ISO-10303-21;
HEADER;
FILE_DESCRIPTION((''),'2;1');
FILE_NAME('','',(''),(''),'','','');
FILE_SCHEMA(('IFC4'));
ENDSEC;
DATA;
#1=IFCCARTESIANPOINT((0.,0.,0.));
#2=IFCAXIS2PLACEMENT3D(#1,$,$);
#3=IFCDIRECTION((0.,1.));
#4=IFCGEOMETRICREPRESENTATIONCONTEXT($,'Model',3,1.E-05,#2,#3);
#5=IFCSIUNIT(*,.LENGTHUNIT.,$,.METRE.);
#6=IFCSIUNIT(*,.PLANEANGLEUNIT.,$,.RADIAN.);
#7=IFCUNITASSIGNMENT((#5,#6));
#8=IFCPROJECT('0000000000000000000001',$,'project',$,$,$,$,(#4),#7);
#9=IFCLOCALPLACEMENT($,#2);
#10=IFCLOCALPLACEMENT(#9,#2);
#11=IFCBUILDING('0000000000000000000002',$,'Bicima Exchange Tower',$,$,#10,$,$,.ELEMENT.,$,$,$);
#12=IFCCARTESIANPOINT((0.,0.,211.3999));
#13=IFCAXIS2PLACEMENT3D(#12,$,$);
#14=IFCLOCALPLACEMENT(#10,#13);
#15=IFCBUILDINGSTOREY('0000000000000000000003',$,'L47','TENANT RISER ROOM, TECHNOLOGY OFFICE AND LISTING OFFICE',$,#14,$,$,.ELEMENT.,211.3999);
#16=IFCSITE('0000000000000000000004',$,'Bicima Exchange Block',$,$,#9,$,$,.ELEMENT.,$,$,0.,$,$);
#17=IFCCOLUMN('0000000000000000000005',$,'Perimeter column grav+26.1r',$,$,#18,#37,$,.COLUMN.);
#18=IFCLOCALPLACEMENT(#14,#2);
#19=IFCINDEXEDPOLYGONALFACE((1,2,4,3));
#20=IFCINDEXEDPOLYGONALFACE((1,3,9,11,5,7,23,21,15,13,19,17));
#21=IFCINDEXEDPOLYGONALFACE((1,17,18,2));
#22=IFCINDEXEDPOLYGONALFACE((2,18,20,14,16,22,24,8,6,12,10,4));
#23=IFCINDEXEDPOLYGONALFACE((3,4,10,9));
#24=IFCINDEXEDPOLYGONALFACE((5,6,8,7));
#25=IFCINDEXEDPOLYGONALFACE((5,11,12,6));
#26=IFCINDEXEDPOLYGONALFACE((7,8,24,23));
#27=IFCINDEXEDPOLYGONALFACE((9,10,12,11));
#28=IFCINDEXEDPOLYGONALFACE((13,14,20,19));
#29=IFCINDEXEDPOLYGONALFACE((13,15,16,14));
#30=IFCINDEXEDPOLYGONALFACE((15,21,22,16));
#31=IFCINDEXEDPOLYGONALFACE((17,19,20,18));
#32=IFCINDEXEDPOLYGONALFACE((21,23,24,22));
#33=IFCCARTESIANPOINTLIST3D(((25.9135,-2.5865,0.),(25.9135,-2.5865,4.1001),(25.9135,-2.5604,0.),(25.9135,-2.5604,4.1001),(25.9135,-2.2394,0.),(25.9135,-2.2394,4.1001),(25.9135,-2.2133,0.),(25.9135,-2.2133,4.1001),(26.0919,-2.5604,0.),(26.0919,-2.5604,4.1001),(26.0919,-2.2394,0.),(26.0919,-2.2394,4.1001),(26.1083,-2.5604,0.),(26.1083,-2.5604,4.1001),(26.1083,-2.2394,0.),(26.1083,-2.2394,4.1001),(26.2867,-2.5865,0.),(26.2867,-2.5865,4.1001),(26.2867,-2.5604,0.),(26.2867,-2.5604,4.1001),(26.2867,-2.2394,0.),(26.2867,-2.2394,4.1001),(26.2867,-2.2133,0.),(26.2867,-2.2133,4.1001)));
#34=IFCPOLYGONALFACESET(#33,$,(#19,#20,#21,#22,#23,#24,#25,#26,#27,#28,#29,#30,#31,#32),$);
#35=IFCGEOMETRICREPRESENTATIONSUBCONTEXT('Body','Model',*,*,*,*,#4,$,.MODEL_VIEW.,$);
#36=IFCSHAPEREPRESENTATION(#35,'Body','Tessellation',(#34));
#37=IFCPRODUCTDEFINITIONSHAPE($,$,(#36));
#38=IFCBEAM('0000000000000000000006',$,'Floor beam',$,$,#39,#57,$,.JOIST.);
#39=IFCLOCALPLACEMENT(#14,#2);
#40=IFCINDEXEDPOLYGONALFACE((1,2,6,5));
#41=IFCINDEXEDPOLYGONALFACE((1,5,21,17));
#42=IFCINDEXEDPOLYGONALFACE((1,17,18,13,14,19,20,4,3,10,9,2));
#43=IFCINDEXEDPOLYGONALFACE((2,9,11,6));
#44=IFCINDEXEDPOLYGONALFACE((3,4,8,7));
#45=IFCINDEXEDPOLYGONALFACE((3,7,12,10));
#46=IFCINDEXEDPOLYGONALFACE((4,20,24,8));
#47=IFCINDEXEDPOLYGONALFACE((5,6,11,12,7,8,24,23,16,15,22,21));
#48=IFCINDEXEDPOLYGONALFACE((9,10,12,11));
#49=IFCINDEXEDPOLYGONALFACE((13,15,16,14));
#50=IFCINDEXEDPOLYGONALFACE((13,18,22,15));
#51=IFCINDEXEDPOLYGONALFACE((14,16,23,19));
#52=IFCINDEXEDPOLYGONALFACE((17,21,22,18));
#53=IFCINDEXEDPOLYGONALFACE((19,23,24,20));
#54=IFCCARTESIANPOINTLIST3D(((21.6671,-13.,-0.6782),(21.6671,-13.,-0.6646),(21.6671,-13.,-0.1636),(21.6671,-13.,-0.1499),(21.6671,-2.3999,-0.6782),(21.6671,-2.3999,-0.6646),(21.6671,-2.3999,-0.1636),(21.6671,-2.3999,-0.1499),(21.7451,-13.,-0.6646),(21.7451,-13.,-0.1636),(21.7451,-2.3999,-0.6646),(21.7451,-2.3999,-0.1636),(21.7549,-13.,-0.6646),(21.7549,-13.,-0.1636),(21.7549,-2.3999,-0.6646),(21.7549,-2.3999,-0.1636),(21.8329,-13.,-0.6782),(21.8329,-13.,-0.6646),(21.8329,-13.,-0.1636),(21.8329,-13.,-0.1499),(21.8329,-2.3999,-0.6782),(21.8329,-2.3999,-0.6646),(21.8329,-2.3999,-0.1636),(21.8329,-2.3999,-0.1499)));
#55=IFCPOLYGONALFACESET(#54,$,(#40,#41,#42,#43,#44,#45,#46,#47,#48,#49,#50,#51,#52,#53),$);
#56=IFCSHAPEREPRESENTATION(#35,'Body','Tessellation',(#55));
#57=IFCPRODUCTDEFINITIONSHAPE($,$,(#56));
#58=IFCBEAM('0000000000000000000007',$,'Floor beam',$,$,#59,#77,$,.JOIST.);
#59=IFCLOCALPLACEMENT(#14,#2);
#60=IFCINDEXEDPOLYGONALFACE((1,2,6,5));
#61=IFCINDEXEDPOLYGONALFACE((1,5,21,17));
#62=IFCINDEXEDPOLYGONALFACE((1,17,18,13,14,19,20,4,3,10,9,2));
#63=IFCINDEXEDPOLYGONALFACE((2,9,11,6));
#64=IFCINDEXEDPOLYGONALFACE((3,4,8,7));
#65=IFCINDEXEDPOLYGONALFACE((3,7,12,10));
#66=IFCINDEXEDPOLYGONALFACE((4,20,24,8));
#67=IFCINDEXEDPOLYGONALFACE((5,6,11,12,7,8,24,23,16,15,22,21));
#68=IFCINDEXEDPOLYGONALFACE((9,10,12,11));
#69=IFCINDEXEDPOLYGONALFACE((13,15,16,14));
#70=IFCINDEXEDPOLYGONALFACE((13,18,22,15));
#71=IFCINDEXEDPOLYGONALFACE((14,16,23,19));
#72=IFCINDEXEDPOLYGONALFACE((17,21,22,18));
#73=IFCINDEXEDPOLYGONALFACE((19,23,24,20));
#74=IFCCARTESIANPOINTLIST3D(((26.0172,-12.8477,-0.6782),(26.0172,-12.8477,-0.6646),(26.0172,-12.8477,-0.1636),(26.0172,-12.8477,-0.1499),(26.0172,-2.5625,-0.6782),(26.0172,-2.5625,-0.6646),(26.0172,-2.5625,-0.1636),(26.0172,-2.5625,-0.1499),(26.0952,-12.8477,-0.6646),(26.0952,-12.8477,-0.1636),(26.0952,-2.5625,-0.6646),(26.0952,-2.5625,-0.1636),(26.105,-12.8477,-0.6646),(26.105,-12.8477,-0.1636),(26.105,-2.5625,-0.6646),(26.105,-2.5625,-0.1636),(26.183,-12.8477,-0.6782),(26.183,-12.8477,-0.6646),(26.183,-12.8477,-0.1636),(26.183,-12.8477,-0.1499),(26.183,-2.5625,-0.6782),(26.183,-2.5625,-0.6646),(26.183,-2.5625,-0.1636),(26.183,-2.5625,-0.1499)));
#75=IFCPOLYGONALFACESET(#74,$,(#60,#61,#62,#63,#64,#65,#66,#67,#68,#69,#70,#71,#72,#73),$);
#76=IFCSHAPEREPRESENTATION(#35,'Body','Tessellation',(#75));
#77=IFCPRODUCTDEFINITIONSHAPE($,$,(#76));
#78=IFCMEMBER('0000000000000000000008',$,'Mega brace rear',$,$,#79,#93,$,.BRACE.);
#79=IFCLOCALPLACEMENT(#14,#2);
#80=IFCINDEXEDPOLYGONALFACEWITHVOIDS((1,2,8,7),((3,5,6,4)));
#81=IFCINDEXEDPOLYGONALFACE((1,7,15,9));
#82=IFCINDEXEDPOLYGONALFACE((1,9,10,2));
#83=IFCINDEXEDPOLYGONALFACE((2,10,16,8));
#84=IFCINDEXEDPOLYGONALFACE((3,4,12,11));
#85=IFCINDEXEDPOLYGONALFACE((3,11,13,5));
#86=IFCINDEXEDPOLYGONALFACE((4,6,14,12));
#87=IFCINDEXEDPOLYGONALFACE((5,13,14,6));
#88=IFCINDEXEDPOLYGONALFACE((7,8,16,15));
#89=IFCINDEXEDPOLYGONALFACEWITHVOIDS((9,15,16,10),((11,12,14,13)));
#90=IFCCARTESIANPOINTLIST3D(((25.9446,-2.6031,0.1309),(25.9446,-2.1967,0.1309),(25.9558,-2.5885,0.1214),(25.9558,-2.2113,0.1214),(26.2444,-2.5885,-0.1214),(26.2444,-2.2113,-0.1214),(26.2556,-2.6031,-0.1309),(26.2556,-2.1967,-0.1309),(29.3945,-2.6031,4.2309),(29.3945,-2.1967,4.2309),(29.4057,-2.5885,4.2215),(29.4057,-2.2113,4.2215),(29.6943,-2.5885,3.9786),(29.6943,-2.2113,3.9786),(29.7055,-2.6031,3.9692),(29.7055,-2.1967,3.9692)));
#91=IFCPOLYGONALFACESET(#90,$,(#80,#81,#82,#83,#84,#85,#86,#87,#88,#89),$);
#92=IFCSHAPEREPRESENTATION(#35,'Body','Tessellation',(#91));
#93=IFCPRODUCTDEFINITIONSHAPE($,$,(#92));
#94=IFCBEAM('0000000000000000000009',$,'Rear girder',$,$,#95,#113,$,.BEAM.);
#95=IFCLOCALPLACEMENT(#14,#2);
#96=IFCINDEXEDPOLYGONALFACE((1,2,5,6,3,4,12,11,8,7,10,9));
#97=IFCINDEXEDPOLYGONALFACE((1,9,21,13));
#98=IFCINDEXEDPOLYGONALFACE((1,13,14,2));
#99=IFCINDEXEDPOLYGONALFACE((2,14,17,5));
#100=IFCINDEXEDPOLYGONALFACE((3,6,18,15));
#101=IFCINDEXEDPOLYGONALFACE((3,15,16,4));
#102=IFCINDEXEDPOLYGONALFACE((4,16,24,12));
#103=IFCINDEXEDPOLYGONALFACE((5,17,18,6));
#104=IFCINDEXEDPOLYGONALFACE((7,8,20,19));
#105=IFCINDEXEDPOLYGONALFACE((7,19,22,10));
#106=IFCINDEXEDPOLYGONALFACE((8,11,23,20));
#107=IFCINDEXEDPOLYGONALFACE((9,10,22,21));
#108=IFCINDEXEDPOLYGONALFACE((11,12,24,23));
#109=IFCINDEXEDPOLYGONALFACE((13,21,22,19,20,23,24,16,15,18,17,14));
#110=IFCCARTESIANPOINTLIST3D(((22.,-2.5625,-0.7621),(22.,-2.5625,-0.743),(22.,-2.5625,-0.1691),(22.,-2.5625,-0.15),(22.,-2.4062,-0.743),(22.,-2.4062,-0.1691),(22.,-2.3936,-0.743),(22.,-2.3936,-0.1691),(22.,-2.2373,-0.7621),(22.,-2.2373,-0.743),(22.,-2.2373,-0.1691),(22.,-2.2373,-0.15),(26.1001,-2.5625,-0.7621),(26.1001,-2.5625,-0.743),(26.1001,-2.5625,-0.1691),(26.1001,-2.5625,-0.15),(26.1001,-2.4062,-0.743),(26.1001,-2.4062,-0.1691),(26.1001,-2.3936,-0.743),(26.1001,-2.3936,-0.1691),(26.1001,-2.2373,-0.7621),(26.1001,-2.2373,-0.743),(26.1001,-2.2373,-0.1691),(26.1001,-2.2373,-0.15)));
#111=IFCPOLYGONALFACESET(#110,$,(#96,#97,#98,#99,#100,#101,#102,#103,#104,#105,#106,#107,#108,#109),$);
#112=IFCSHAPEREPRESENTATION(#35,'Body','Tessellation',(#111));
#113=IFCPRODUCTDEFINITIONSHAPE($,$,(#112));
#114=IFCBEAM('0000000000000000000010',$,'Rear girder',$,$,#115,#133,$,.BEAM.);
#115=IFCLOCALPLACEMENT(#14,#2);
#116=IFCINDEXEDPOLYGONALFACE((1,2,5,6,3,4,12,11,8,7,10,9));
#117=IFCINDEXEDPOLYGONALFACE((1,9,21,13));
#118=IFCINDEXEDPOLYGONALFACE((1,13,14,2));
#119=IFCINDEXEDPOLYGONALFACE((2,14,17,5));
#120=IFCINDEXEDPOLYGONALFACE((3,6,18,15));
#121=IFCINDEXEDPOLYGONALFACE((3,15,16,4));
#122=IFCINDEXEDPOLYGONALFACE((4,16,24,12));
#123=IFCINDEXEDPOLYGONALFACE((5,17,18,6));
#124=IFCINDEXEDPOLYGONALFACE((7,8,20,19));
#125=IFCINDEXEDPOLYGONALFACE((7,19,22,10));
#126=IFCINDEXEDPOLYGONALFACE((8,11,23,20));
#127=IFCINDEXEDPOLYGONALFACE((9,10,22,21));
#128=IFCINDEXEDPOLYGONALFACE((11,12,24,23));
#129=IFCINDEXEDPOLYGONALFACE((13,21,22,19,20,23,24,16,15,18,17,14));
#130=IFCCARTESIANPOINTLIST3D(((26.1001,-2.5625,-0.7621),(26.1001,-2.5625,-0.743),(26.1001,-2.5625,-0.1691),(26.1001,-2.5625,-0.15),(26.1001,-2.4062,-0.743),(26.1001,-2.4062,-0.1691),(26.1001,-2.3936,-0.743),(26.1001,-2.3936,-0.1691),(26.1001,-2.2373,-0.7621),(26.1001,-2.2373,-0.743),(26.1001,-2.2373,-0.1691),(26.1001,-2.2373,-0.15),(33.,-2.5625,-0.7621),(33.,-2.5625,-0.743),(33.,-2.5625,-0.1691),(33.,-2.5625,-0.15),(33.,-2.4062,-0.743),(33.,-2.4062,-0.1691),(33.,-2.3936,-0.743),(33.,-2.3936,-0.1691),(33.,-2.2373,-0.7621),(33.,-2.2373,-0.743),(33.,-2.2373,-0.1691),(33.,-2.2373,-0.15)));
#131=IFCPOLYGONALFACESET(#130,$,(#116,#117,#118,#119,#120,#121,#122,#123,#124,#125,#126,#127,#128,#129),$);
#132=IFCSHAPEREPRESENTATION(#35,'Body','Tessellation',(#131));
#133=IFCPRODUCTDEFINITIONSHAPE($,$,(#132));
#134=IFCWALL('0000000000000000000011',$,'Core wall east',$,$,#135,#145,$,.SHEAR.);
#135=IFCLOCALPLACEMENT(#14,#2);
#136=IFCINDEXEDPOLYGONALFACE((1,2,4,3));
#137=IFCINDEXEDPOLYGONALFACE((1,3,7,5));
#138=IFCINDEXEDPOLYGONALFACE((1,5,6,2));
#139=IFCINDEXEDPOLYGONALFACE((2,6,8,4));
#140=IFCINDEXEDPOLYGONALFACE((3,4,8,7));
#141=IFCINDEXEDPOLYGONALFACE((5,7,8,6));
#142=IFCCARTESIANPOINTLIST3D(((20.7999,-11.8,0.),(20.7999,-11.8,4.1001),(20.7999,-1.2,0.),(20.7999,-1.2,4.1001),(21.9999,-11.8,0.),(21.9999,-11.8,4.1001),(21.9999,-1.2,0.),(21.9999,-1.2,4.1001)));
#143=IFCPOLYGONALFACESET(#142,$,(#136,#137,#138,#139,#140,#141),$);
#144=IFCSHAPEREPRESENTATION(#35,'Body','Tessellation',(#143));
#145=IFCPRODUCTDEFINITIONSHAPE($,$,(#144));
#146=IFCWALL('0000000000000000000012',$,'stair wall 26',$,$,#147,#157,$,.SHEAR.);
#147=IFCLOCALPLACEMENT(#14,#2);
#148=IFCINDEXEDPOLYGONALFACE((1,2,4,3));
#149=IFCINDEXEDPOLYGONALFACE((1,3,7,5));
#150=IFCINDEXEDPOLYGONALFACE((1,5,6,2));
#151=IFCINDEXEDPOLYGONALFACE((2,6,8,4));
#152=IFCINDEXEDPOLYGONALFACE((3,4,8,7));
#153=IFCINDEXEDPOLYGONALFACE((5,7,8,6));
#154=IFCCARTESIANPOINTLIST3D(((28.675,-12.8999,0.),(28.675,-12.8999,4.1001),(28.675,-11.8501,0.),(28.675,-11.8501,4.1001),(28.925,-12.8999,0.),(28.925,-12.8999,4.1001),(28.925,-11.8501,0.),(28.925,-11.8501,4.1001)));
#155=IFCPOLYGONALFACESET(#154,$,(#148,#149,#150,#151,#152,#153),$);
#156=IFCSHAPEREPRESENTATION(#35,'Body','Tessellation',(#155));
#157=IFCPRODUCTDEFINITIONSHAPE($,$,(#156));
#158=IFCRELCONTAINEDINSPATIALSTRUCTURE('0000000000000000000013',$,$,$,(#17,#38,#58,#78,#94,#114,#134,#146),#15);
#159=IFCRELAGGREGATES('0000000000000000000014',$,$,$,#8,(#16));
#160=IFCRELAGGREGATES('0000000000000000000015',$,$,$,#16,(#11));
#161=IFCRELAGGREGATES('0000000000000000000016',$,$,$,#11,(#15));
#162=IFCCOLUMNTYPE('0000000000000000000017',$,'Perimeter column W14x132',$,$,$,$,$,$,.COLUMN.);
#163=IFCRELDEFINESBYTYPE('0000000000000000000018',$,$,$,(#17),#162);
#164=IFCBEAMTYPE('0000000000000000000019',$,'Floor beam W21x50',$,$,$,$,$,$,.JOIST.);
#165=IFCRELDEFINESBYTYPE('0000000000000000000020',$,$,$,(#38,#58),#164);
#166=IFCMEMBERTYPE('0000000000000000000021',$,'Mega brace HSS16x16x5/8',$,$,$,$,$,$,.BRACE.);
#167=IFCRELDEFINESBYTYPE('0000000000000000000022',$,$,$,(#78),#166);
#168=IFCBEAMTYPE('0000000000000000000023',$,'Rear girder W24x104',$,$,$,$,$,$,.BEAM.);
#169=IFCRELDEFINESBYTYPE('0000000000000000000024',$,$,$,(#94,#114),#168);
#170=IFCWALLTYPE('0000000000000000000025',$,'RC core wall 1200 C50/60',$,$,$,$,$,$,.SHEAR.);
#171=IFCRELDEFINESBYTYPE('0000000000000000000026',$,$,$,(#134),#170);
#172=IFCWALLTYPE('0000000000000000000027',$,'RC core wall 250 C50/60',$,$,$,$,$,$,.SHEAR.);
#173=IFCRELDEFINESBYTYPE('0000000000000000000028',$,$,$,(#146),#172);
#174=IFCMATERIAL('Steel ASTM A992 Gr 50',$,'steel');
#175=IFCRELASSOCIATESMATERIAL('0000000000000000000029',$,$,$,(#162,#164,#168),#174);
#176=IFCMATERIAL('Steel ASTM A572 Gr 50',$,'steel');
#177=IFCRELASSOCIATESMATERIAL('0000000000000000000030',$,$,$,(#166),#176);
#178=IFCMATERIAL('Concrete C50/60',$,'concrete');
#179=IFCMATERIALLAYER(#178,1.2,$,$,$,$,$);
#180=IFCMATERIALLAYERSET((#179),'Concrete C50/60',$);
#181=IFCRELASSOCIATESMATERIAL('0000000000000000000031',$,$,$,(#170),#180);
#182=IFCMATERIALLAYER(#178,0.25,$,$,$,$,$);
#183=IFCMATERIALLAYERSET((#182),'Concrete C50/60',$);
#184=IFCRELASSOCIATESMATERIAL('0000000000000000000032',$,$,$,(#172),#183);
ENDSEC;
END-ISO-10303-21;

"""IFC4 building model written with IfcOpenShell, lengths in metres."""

from ifc_helpers import new_model, si_unit, direction, frame, frame_2d, origin, origin_2d, place, context, subcontext, project, spatial, rectangle, hollow_rectangle, i_section, extrude, material, layer, layer_set, material_profile, profile_set, type_object, element, save


model = new_model("IFC4")

# Units and contexts
model_context = context("Model", 3, precision=1e-05, world=origin(), true_north=direction((0.0, 1.0)))
body_context = subcontext(model_context, "Body", "Model", "MODEL_VIEW")
ifc_project = project(units=[si_unit("LENGTHUNIT", "METRE"), si_unit("PLANEANGLEUNIT", "RADIAN")], contexts=[model_context])

# Site, building, storey
site_placement = place(None, origin())
site = spatial("IfcSite", under=ifc_project, at=site_placement, Name="Bicima Exchange Block", CompositionType="ELEMENT", RefElevation=0.0)
building_placement = place(site_placement, origin())
building = spatial("IfcBuilding", under=site, at=building_placement, Name="Bicima Exchange Tower", CompositionType="ELEMENT")
storey_placement = place(building_placement, frame((0.0, 0.0, 211.3999)))
storey = spatial("IfcBuildingStorey", under=building, at=storey_placement, Name="L47", Description="TENANT RISER ROOM, TECHNOLOGY OFFICE AND LISTING OFFICE", CompositionType="ELEMENT", Elevation=211.3999)

# Column
ifc_material_1 = material(Name="Steel ASTM A992 Gr 50", Category="steel")
ifc_material_profile_1 = material_profile(ifc_material_1, i_section(OverallWidth=0.3733, OverallDepth=0.3733, WebThickness=0.0164, FlangeThickness=0.0261, at=origin_2d()))
ifc_profile_set_1 = profile_set([ifc_material_profile_1], Name="Steel ASTM A992 Gr 50")
column_type = type_object("IfcColumnType", Name="Perimeter column W14x132", PredefinedType="COLUMN", material=ifc_profile_set_1)
column_placement = place(storey_placement, frame((26.1001, -2.3999, 0.0), z_axis=(0.0, 0.0, 1.0), x_axis=(1.0, 0.0, 0.0)))
element("IfcColumn", 1, at=column_placement, inside=storey, type_object=column_type, Name="Perimeter column grav+26.1r", PredefinedType="COLUMN", context=body_context, shape_type="SweptSolid", body=[
    extrude(i_section(OverallWidth=0.3733, OverallDepth=0.3733, WebThickness=0.0164, FlangeThickness=0.0261, at=origin_2d()), origin(), (0.0, 0.0, 1.0), 4.1001),
])

# Beams
ifc_material_profile_2 = material_profile(ifc_material_1, i_section(OverallWidth=0.1658, OverallDepth=0.5283, WebThickness=0.0098, FlangeThickness=0.0137, at=origin_2d()))
ifc_profile_set_2 = profile_set([ifc_material_profile_2], Name="Steel ASTM A992 Gr 50")
beam_type_1 = type_object("IfcBeamType", Name="Floor beam W21x50", PredefinedType="JOIST", material=ifc_profile_set_2)
beam_1_placement = place(storey_placement, frame((21.75, -2.3999, -0.4141), z_axis=(0.0, -1.0, 0.0), x_axis=(1.0, 0.0, 0.0)))
element("IfcBeam", 2, at=beam_1_placement, inside=storey, type_object=beam_type_1, Name="Floor beam", PredefinedType="JOIST", context=body_context, shape_type="SweptSolid", body=[
    extrude(i_section(OverallWidth=0.1658, OverallDepth=0.5283, WebThickness=0.0098, FlangeThickness=0.0137, at=origin_2d()), origin(), (0.0, 0.0, 1.0), 10.6001),
])
beam_2_placement = place(storey_placement, frame((26.1001, -2.5625, -0.4141), z_axis=(0.0, -1.0, 0.0), x_axis=(1.0, 0.0, 0.0)))
element("IfcBeam", 3, at=beam_2_placement, inside=storey, type_object=beam_type_1, Name="Floor beam", PredefinedType="JOIST", context=body_context, shape_type="SweptSolid", body=[
    extrude(i_section(OverallWidth=0.1658, OverallDepth=0.5283, WebThickness=0.0098, FlangeThickness=0.0137, at=origin_2d()), origin(), (0.0, 0.0, 1.0), 10.2852),
])

# Member
ifc_material_2 = material(Name="Steel ASTM A572 Gr 50", Category="steel")
ifc_material_profile_3 = material_profile(ifc_material_2, hollow_rectangle(XDim=0.4065, YDim=0.4065, WallThickness=0.0146, at=origin_2d()))
ifc_profile_set_3 = profile_set([ifc_material_profile_3], Name="Steel ASTM A572 Gr 50")
member_type = type_object("IfcMemberType", Name="Mega brace HSS16x16x5/8", PredefinedType="BRACE", material=ifc_profile_set_3)
member_placement = place(storey_placement, frame((26.1001, -2.3999, 0.0), z_axis=(0.643834, 0.0, 0.765165), x_axis=(0.0, 1.0, 0.0)))
element("IfcMember", 4, at=member_placement, inside=storey, type_object=member_type, Name="Mega brace rear", PredefinedType="BRACE", context=body_context, shape_type="SweptSolid", body=[
    extrude(hollow_rectangle(XDim=0.4065, YDim=0.4065, WallThickness=0.0146, at=origin_2d()), origin(), (0.0, 0.0, 1.0), 5.3584),
])

# Beams
ifc_material_profile_4 = material_profile(ifc_material_1, i_section(OverallWidth=0.3252, OverallDepth=0.6121, WebThickness=0.0127, FlangeThickness=0.019, at=origin_2d()))
ifc_profile_set_4 = profile_set([ifc_material_profile_4], Name="Steel ASTM A992 Gr 50")
beam_type_2 = type_object("IfcBeamType", Name="Rear girder W24x104", PredefinedType="BEAM", material=ifc_profile_set_4)
beam_3_placement = place(storey_placement, frame((22.0, -2.3999, -0.4561), z_axis=(1.0, 0.0, 0.0), x_axis=(0.0, 1.0, 0.0)))
element("IfcBeam", 5, at=beam_3_placement, inside=storey, type_object=beam_type_2, Name="Rear girder", PredefinedType="BEAM", context=body_context, shape_type="SweptSolid", body=[
    extrude(i_section(OverallWidth=0.3252, OverallDepth=0.6121, WebThickness=0.0127, FlangeThickness=0.019, at=origin_2d()), origin(), (0.0, 0.0, 1.0), 4.1001),
])
beam_4_placement = place(storey_placement, frame((26.1001, -2.3999, -0.4561), z_axis=(1.0, 0.0, 0.0), x_axis=(0.0, 1.0, 0.0)))
element("IfcBeam", 6, at=beam_4_placement, inside=storey, type_object=beam_type_2, Name="Rear girder", PredefinedType="BEAM", context=body_context, shape_type="SweptSolid", body=[
    extrude(i_section(OverallWidth=0.3252, OverallDepth=0.6121, WebThickness=0.0127, FlangeThickness=0.019, at=origin_2d()), origin(), (0.0, 0.0, 1.0), 6.8999),
])

# Walls
ifc_material_3 = material(Name="Concrete C50/60", Category="concrete")
ifc_layer_1 = layer(ifc_material_3, 1.2)
ifc_layer_set_1 = layer_set([ifc_layer_1], Name="Concrete C50/60")
wall_type_1 = type_object("IfcWallType", Name="RC core wall 1200 C50/60", PredefinedType="SHEAR", material=ifc_layer_set_1)
wall_1_placement = place(storey_placement, frame((21.3999, -11.8, 0.0), z_axis=(0.0, 0.0, 1.0), x_axis=(0.0, 1.0, 0.0)))
element("IfcWall", 7, at=wall_1_placement, inside=storey, type_object=wall_type_1, Name="Core wall east", PredefinedType="SHEAR", context=body_context, shape_type="SweptSolid", body=[
    extrude(rectangle(XDim=10.6001, YDim=1.2, at=frame_2d((5.3, 0.0))), origin(), (0.0, 0.0, 1.0), 4.1001),
])
ifc_layer_2 = layer(ifc_material_3, 0.25)
ifc_layer_set_2 = layer_set([ifc_layer_2], Name="Concrete C50/60")
wall_type_2 = type_object("IfcWallType", Name="RC core wall 250 C50/60", PredefinedType="SHEAR", material=ifc_layer_set_2)
wall_2_placement = place(storey_placement, frame((28.8, -12.8999, 0.0), z_axis=(0.0, 0.0, 1.0), x_axis=(0.0, 1.0, 0.0)))
element("IfcWall", 8, at=wall_2_placement, inside=storey, type_object=wall_type_2, Name="stair wall 26", PredefinedType="SHEAR", context=body_context, shape_type="SweptSolid", body=[
    extrude(rectangle(XDim=1.0498, YDim=0.25, at=frame_2d((0.5249, 0.0))), origin(), (0.0, 0.0, 1.0), 4.1001),
])

save(model, "model.ifc")
